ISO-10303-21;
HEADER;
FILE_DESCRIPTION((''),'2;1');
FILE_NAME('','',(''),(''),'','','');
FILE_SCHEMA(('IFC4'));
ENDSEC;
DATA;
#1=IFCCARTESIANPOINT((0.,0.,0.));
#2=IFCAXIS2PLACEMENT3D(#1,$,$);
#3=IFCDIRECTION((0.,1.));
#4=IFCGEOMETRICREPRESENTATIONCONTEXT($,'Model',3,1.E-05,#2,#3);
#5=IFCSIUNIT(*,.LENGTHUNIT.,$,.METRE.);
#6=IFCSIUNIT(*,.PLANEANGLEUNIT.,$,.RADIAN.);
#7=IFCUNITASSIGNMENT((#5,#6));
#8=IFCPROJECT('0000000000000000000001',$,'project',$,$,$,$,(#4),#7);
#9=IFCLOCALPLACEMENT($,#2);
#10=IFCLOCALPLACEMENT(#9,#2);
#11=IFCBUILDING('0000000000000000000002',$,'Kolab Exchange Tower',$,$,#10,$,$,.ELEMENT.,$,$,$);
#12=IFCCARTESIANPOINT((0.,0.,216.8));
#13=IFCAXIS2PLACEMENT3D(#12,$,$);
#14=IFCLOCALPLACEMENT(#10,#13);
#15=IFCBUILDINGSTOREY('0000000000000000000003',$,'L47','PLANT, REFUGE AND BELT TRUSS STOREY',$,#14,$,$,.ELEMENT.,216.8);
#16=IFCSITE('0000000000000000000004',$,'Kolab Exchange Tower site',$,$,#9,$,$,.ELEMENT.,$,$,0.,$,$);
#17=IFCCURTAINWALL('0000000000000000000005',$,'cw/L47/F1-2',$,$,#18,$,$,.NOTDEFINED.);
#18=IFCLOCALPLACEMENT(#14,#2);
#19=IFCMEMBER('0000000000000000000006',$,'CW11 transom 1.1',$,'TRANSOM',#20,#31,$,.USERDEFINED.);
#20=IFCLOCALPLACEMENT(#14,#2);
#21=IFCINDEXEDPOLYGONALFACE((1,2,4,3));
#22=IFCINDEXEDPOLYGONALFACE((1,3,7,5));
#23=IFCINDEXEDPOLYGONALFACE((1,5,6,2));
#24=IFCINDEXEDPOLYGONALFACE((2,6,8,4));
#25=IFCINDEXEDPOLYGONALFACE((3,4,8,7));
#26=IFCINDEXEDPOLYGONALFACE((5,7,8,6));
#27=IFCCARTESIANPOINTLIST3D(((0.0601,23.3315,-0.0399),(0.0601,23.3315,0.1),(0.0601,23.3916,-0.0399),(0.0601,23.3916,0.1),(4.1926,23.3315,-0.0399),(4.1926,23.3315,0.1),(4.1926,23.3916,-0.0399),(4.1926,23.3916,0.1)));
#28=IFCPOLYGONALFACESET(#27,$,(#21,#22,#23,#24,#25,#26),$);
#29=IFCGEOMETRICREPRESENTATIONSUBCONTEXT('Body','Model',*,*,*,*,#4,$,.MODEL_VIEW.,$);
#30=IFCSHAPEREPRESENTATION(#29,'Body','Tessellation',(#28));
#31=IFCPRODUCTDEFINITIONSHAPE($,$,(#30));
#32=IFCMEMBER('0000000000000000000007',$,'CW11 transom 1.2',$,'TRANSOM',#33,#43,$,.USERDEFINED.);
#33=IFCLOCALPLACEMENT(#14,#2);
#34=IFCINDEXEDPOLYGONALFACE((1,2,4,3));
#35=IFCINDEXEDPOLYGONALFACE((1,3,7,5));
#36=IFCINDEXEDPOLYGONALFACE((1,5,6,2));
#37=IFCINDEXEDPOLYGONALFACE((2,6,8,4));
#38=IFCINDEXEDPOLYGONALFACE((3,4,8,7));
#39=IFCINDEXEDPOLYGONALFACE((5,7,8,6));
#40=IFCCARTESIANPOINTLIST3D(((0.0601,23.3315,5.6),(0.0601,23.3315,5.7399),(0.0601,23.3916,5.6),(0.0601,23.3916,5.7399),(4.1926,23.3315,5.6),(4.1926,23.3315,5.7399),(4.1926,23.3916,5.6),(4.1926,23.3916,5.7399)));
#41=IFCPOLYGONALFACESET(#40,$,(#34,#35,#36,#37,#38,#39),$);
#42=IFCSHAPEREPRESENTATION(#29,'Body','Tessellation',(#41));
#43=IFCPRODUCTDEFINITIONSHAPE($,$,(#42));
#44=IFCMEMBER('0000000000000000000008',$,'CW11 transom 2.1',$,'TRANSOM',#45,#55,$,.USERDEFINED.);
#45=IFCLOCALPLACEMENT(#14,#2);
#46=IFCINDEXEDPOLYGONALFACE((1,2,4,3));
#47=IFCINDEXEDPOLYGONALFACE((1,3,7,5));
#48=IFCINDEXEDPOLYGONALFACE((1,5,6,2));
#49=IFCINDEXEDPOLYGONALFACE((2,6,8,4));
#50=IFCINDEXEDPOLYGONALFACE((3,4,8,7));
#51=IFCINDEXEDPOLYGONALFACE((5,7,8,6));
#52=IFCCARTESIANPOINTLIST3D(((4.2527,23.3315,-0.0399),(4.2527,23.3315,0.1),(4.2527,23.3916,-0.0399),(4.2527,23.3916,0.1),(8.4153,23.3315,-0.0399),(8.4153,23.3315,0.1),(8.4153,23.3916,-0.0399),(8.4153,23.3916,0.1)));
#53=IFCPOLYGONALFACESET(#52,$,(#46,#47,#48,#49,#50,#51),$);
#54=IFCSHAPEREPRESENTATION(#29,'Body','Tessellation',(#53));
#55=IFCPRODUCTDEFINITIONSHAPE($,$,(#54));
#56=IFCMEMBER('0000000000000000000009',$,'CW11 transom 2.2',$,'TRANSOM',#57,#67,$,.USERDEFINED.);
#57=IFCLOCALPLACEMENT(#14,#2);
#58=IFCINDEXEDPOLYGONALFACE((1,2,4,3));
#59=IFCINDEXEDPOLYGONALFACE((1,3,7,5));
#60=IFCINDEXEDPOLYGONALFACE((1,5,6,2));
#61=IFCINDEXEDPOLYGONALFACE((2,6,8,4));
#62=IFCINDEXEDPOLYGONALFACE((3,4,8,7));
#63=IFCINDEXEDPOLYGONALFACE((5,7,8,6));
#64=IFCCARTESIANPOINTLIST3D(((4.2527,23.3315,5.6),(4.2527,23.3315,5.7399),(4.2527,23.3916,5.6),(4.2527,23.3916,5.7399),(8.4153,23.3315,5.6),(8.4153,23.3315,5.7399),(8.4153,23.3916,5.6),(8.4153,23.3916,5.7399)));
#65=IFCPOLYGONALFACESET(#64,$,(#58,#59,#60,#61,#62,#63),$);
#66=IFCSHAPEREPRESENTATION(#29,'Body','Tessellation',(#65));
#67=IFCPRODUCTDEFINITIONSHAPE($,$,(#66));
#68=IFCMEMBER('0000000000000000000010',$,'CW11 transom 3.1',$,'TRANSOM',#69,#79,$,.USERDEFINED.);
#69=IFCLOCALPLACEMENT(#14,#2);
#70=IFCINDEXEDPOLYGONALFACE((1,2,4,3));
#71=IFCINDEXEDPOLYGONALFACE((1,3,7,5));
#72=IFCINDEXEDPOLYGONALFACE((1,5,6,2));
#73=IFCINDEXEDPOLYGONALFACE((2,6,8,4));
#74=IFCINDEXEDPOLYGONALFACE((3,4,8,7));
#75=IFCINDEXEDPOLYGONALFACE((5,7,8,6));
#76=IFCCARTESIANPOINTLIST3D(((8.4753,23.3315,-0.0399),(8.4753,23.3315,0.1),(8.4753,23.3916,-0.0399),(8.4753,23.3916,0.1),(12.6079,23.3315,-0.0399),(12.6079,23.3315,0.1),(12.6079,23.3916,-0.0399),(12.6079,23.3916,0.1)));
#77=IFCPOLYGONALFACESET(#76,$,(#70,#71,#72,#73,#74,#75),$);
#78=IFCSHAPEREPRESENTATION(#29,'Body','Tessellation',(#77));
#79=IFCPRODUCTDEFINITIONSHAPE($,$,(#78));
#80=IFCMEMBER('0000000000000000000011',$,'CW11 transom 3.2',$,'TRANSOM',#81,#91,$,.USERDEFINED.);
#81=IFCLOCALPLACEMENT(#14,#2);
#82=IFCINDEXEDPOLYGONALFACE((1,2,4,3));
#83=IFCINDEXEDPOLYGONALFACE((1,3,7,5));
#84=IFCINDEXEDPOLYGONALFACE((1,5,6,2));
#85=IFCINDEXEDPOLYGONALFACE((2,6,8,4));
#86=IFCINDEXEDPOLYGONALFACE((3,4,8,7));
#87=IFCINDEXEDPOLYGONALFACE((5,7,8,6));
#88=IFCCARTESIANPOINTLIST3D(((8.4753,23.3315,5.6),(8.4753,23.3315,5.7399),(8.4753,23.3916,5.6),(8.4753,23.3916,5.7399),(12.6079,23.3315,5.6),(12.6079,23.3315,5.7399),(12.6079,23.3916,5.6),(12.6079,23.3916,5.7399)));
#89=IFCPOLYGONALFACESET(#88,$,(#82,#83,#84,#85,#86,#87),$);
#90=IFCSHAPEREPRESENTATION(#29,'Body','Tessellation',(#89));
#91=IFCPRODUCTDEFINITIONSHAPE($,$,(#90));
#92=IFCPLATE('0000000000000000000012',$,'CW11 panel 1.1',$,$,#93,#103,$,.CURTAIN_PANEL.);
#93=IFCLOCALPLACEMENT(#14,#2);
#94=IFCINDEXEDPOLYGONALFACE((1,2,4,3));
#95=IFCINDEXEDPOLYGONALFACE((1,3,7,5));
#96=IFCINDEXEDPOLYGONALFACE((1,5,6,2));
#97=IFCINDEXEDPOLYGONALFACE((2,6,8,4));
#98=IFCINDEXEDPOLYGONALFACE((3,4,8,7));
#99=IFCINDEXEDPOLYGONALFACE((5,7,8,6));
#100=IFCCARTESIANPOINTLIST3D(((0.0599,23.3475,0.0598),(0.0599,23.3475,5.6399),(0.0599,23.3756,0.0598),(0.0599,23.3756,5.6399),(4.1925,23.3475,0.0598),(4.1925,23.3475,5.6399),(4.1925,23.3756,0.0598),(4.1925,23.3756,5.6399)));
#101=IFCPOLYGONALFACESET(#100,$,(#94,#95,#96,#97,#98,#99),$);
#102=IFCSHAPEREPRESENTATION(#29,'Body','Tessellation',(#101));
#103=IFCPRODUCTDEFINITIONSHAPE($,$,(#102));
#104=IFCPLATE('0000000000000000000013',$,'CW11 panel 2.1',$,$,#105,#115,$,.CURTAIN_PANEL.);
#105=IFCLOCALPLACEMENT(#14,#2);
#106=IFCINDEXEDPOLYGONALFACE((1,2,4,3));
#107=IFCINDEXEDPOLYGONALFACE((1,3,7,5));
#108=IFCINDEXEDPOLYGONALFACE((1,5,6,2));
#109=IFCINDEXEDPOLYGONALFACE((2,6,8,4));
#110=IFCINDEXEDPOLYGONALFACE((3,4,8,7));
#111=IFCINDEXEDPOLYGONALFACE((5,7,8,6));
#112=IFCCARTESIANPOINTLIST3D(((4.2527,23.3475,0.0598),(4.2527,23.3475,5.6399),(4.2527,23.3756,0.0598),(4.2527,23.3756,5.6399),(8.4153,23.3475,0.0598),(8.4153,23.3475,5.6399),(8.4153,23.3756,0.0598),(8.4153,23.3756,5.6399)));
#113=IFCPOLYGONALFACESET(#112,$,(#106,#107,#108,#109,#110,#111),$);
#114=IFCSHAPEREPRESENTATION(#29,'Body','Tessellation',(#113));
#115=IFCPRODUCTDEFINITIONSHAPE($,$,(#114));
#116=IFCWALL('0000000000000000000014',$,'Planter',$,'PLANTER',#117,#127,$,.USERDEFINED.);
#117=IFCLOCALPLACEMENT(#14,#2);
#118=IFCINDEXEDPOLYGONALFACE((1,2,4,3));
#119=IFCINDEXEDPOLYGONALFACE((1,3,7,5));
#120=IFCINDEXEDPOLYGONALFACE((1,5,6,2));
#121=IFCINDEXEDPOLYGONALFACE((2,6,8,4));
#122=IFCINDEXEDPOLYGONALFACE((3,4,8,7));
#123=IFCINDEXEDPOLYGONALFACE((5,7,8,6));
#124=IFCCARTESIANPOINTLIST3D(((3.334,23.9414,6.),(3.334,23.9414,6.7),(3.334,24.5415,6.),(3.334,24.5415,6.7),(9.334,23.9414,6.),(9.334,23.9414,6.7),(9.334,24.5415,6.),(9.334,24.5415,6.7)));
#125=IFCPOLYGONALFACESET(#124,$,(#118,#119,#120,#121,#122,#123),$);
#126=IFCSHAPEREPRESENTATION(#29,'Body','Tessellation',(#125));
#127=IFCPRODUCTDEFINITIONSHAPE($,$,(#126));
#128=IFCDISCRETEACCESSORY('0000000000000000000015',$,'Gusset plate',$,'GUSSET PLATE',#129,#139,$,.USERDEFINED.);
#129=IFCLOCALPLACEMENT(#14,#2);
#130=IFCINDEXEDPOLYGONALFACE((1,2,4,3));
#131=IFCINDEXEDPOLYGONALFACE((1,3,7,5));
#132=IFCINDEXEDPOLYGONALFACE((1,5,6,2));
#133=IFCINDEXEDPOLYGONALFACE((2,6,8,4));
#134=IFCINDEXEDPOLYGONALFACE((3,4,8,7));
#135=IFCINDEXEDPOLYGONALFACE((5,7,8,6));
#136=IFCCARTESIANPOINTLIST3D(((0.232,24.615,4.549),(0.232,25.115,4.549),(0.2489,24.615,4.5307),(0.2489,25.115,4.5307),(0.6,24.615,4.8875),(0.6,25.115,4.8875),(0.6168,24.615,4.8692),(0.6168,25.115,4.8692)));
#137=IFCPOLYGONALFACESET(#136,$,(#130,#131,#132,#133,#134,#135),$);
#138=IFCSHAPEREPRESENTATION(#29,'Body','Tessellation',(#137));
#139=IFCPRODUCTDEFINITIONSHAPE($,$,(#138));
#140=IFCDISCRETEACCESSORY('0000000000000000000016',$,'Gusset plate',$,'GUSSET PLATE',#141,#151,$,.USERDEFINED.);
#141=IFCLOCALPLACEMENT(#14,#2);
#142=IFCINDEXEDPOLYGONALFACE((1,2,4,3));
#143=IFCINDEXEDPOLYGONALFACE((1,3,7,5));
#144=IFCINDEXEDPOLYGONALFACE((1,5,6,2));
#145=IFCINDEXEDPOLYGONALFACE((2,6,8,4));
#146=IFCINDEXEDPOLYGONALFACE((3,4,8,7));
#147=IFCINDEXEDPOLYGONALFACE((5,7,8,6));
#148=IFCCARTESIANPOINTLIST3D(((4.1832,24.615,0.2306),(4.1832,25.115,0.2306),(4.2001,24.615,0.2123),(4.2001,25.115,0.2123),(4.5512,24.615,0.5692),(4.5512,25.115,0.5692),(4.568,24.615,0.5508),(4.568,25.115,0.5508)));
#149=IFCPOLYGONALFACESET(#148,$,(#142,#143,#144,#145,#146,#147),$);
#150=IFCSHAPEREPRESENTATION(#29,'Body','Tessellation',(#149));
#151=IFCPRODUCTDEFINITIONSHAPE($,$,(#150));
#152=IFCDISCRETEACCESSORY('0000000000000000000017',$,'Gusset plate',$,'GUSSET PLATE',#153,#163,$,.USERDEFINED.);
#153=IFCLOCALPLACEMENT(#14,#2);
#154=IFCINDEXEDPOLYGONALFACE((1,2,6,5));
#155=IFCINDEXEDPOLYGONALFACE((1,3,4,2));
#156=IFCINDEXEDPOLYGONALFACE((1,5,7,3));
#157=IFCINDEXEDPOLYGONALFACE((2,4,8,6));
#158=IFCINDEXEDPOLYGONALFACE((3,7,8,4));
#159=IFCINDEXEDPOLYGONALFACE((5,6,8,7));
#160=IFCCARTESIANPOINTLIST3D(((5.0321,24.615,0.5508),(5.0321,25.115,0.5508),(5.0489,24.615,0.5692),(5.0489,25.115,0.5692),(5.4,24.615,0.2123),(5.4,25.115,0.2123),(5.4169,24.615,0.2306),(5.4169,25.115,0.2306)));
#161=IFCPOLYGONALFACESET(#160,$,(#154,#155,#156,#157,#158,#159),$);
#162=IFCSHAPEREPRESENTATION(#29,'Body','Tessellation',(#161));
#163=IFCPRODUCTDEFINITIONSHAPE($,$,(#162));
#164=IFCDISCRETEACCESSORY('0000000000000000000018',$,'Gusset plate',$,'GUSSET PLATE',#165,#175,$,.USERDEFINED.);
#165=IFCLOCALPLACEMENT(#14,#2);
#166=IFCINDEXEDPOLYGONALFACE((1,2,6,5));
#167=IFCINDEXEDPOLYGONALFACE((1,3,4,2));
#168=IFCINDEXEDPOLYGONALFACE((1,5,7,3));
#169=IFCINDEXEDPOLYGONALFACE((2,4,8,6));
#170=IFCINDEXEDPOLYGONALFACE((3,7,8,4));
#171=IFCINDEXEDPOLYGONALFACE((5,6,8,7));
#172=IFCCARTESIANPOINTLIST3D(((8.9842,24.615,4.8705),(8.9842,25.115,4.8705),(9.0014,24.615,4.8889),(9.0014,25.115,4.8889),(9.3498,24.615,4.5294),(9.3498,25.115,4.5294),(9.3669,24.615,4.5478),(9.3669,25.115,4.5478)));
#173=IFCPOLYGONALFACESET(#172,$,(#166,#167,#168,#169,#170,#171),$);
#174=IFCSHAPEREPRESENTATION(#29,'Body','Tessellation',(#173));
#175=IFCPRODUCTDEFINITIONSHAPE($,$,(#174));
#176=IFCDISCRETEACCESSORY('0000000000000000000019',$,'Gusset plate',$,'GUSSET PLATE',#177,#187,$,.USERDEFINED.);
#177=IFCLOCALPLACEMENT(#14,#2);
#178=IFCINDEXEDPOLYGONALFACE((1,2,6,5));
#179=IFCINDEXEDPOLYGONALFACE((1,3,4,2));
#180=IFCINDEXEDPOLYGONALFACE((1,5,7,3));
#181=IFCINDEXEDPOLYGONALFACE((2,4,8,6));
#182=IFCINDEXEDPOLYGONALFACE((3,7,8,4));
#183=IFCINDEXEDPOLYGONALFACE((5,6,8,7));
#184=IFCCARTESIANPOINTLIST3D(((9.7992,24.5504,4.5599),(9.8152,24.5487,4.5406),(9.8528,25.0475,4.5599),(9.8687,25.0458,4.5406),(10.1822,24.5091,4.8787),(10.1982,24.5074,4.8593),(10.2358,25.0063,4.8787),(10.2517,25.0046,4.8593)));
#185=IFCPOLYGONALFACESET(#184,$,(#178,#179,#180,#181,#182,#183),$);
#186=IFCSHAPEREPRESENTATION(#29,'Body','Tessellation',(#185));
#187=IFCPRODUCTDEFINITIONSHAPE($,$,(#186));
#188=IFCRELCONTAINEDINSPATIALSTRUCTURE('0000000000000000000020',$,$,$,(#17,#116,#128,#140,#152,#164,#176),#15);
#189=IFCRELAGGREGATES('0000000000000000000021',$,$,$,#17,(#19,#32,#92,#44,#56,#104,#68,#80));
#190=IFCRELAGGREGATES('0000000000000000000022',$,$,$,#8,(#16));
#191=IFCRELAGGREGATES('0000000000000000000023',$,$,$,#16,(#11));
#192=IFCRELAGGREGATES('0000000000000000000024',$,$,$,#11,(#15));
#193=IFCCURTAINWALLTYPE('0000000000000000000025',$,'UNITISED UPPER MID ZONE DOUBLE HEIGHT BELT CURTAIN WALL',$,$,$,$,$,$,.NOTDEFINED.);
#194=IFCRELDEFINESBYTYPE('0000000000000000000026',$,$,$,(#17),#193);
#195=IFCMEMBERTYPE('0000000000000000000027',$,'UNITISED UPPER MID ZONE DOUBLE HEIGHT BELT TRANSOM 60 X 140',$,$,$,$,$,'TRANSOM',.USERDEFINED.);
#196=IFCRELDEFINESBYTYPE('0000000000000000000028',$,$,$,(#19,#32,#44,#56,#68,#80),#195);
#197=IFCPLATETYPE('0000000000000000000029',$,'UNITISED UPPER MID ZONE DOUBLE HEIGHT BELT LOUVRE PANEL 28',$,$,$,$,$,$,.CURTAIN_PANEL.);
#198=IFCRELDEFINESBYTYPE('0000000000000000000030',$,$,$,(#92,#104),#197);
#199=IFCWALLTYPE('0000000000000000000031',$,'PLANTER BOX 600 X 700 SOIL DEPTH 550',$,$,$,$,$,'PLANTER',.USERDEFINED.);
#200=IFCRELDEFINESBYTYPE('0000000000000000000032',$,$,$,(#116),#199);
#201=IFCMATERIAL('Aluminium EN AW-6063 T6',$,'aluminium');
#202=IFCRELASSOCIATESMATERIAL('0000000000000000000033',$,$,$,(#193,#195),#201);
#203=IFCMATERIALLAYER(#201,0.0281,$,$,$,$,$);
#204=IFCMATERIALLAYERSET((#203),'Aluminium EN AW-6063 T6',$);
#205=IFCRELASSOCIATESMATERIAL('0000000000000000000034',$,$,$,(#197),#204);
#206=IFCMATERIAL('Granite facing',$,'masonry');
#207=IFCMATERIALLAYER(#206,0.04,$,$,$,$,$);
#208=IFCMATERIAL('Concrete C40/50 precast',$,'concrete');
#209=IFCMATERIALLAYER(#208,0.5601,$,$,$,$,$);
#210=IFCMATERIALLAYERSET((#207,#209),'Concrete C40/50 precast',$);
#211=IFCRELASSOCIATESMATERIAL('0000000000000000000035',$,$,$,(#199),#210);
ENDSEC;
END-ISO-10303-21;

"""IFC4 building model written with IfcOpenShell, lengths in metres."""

from ifc_helpers import new_model, si_unit, direction, frame, frame_2d, origin, origin_2d, place, context, subcontext, project, spatial, rectangle, extrude, material, layer, layer_set, material_profile, profile_set, type_object, element, aggregate, save


model = new_model("IFC4")

# Units and contexts
model_context = context("Model", 3, precision=1e-05, world=origin(), true_north=direction((0.0, 1.0)))
body_context = subcontext(model_context, "Body", "Model", "MODEL_VIEW")
ifc_project = project(units=[si_unit("LENGTHUNIT", "METRE"), si_unit("PLANEANGLEUNIT", "RADIAN")], contexts=[model_context])

# Site, building, storey
site_placement = place(None, origin())
site = spatial("IfcSite", under=ifc_project, at=site_placement, Name="Kolab Exchange Tower site", CompositionType="ELEMENT", RefElevation=0.0)
building_placement = place(site_placement, origin())
building = spatial("IfcBuilding", under=site, at=building_placement, Name="Kolab Exchange Tower", CompositionType="ELEMENT")
storey_placement = place(building_placement, frame((0.0, 0.0, 216.8)))
storey = spatial("IfcBuildingStorey", under=building, at=storey_placement, Name="L47", Description="PLANT, REFUGE AND BELT TRUSS STOREY", CompositionType="ELEMENT", Elevation=216.8)

# Curtain wall, members, plates
ifc_material_1 = material(Name="Aluminium EN AW-6063 T6", Category="aluminium")
curtain_wall_type = type_object("IfcCurtainWallType", Name="UNITISED UPPER MID ZONE DOUBLE HEIGHT BELT CURTAIN WALL", PredefinedType="NOTDEFINED", material=ifc_material_1)
curtain_wall_placement = place(storey_placement, origin())
curtain_wall = element("IfcCurtainWall", 1, at=curtain_wall_placement, inside=storey, type_object=curtain_wall_type, Name="cw/L47/F1-2", PredefinedType="NOTDEFINED")
ifc_material_profile_1 = material_profile(ifc_material_1, rectangle(XDim=0.0601, YDim=0.1399, at=origin_2d()), Name="RECT 60X140")
ifc_profile_set_1 = profile_set([ifc_material_profile_1], Name="Aluminium EN AW-6063 T6")
member_type_1 = type_object("IfcMemberType", Name="UNITISED UPPER MID ZONE DOUBLE HEIGHT BELT TRANSOM 60 X 140", ElementType="TRANSOM", PredefinedType="USERDEFINED", material=ifc_profile_set_1)
member_1_placement = place(storey_placement, frame((0.0601, 23.3616, 0.03), z_axis=(1.0, 0.0, 0.0), x_axis=(0.0, 1.0, 0.0)))
member_1 = element("IfcMember", 2, at=member_1_placement, type_object=member_type_1, Name="CW11 transom 1.1", ObjectType="TRANSOM", PredefinedType="USERDEFINED", context=body_context, shape_type="SweptSolid", body=[
    extrude(rectangle(XDim=0.0601, YDim=0.1399, at=origin_2d()), origin(), (0.0, 0.0, 1.0), 4.1326),
])
member_2_placement = place(storey_placement, frame((0.0601, 23.3616, 5.6699), z_axis=(1.0, 0.0, 0.0), x_axis=(0.0, 1.0, 0.0)))
member_2 = element("IfcMember", 3, at=member_2_placement, type_object=member_type_1, Name="CW11 transom 1.2", ObjectType="TRANSOM", PredefinedType="USERDEFINED", context=body_context, shape_type="SweptSolid", body=[
    extrude(rectangle(XDim=0.0601, YDim=0.1399, at=origin_2d()), origin(), (0.0, 0.0, 1.0), 4.1326),
])
member_3_placement = place(storey_placement, frame((4.2527, 23.3616, 0.03), z_axis=(1.0, 0.0, 0.0), x_axis=(0.0, 1.0, 0.0)))
member_3 = element("IfcMember", 4, at=member_3_placement, type_object=member_type_1, Name="CW11 transom 2.1", ObjectType="TRANSOM", PredefinedType="USERDEFINED", context=body_context, shape_type="SweptSolid", body=[
    extrude(rectangle(XDim=0.0601, YDim=0.1399, at=origin_2d()), origin(), (0.0, 0.0, 1.0), 4.1626),
])
member_4_placement = place(storey_placement, frame((4.2527, 23.3616, 5.6699), z_axis=(1.0, 0.0, 0.0), x_axis=(0.0, 1.0, 0.0)))
member_4 = element("IfcMember", 5, at=member_4_placement, type_object=member_type_1, Name="CW11 transom 2.2", ObjectType="TRANSOM", PredefinedType="USERDEFINED", context=body_context, shape_type="SweptSolid", body=[
    extrude(rectangle(XDim=0.0601, YDim=0.1399, at=origin_2d()), origin(), (0.0, 0.0, 1.0), 4.1626),
])
member_5_placement = place(storey_placement, frame((8.4753, 23.3616, 0.03), z_axis=(1.0, 0.0, 0.0), x_axis=(0.0, 1.0, 0.0)))
member_5 = element("IfcMember", 6, at=member_5_placement, type_object=member_type_1, Name="CW11 transom 3.1", ObjectType="TRANSOM", PredefinedType="USERDEFINED", context=body_context, shape_type="SweptSolid", body=[
    extrude(rectangle(XDim=0.0601, YDim=0.1399, at=origin_2d()), origin(), (0.0, 0.0, 1.0), 4.1326),
])
member_6_placement = place(storey_placement, frame((8.4753, 23.3616, 5.6699), z_axis=(1.0, 0.0, 0.0), x_axis=(0.0, 1.0, 0.0)))
member_6 = element("IfcMember", 7, at=member_6_placement, type_object=member_type_1, Name="CW11 transom 3.2", ObjectType="TRANSOM", PredefinedType="USERDEFINED", context=body_context, shape_type="SweptSolid", body=[
    extrude(rectangle(XDim=0.0601, YDim=0.1399, at=origin_2d()), origin(), (0.0, 0.0, 1.0), 4.1326),
])
ifc_layer_1 = layer(ifc_material_1, 0.0281)
ifc_layer_set_1 = layer_set([ifc_layer_1], Name="Aluminium EN AW-6063 T6")
plate_type = type_object("IfcPlateType", Name="UNITISED UPPER MID ZONE DOUBLE HEIGHT BELT LOUVRE PANEL 28", PredefinedType="CURTAIN_PANEL", material=ifc_layer_set_1)
plate_1_placement = place(storey_placement, frame((2.1262, 23.3616, 0.0598), z_axis=(0.0, 0.0, 1.0), x_axis=(1.0, 0.0, 0.0)))
plate_1 = element("IfcPlate", 8, at=plate_1_placement, type_object=plate_type, Name="CW11 panel 1.1", PredefinedType="CURTAIN_PANEL", context=body_context, shape_type="SweptSolid", body=[
    extrude(rectangle(XDim=4.1326, YDim=0.0281, at=origin_2d()), origin(), (0.0, 0.0, 1.0), 5.5801),
])
plate_2_placement = place(storey_placement, frame((6.334, 23.3616, 0.0598), z_axis=(0.0, 0.0, 1.0), x_axis=(1.0, 0.0, 0.0)))
plate_2 = element("IfcPlate", 9, at=plate_2_placement, type_object=plate_type, Name="CW11 panel 2.1", PredefinedType="CURTAIN_PANEL", context=body_context, shape_type="SweptSolid", body=[
    extrude(rectangle(XDim=4.1626, YDim=0.0281, at=origin_2d()), origin(), (0.0, 0.0, 1.0), 5.5801),
])
aggregate(curtain_wall, [member_1, member_2, plate_1, member_3, member_4, plate_2, member_5, member_6])

# Wall
ifc_material_2 = material(Name="Granite facing", Category="masonry")
ifc_layer_2 = layer(ifc_material_2, 0.04)
ifc_material_3 = material(Name="Concrete C40/50 precast", Category="concrete")
ifc_layer_3 = layer(ifc_material_3, 0.5601)
ifc_layer_set_2 = layer_set([ifc_layer_2, ifc_layer_3], Name="Concrete C40/50 precast")
wall_type = type_object("IfcWallType", Name="PLANTER BOX 600 X 700 SOIL DEPTH 550", ElementType="PLANTER", PredefinedType="USERDEFINED", material=ifc_layer_set_2)
wall_placement = place(storey_placement, frame((3.334, 24.2415, 6.0), z_axis=(0.0, 0.0, 1.0), x_axis=(1.0, 0.0, 0.0)))
element("IfcWall", 10, at=wall_placement, inside=storey, type_object=wall_type, Name="Planter", ObjectType="PLANTER", PredefinedType="USERDEFINED", context=body_context, shape_type="SweptSolid", body=[
    extrude(rectangle(XDim=6.0, YDim=0.6001, at=frame_2d((3.0, 0.0))), origin(), (0.0, 0.0, 1.0), 0.7),
])

# Discrete accessories
for number, where, z_axis, x_axis, name in (
    (11, (0.4329, 24.865, 4.7), (-0.677057, 0.0, 0.735931), (0.0, -1.0, 0.0), "Gusset plate"),
    (12, (4.3672, 24.865, 0.3999), (0.677057, 0.0, -0.735931), (0.0, 1.0, 0.0), "Gusset plate"),
    (13, (5.2329, 24.865, 0.3999), (-0.677057, 0.0, -0.735931), (0.0, -1.0, 0.0), "Gusset plate"),
):
    element("IfcDiscreteAccessory", number, at=place(storey_placement, frame(where, z_axis=z_axis, x_axis=x_axis)), inside=storey, Name=name, ObjectType="GUSSET PLATE", PredefinedType="USERDEFINED", context=body_context, shape_type="SweptSolid", body=[
        extrude(rectangle(XDim=0.5, YDim=0.5, at=origin_2d()), origin(), (0.0, 0.0, 1.0), 0.0249),
    ])
for number, where, z_axis, x_axis, name in (
    (14, (9.167, 24.865, 4.7), (0.682318, 0.0, 0.731055), (0.0, 1.0, 0.0), "Gusset plate"),
    (15, (10.0334, 24.7766, 4.7), (-0.633882, 0.068264, 0.770411), (-0.107073, -0.994251, 0.0), "Gusset plate"),
):
    element("IfcDiscreteAccessory", number, at=place(storey_placement, frame(where, z_axis=z_axis, x_axis=x_axis)), inside=storey, Name=name, ObjectType="GUSSET PLATE", PredefinedType="USERDEFINED", context=body_context, shape_type="SweptSolid", body=[
        extrude(rectangle(XDim=0.5, YDim=0.5, at=origin_2d()), origin(), (0.0, 0.0, 1.0), 0.0251),
    ])

save(model, "model.ifc")
